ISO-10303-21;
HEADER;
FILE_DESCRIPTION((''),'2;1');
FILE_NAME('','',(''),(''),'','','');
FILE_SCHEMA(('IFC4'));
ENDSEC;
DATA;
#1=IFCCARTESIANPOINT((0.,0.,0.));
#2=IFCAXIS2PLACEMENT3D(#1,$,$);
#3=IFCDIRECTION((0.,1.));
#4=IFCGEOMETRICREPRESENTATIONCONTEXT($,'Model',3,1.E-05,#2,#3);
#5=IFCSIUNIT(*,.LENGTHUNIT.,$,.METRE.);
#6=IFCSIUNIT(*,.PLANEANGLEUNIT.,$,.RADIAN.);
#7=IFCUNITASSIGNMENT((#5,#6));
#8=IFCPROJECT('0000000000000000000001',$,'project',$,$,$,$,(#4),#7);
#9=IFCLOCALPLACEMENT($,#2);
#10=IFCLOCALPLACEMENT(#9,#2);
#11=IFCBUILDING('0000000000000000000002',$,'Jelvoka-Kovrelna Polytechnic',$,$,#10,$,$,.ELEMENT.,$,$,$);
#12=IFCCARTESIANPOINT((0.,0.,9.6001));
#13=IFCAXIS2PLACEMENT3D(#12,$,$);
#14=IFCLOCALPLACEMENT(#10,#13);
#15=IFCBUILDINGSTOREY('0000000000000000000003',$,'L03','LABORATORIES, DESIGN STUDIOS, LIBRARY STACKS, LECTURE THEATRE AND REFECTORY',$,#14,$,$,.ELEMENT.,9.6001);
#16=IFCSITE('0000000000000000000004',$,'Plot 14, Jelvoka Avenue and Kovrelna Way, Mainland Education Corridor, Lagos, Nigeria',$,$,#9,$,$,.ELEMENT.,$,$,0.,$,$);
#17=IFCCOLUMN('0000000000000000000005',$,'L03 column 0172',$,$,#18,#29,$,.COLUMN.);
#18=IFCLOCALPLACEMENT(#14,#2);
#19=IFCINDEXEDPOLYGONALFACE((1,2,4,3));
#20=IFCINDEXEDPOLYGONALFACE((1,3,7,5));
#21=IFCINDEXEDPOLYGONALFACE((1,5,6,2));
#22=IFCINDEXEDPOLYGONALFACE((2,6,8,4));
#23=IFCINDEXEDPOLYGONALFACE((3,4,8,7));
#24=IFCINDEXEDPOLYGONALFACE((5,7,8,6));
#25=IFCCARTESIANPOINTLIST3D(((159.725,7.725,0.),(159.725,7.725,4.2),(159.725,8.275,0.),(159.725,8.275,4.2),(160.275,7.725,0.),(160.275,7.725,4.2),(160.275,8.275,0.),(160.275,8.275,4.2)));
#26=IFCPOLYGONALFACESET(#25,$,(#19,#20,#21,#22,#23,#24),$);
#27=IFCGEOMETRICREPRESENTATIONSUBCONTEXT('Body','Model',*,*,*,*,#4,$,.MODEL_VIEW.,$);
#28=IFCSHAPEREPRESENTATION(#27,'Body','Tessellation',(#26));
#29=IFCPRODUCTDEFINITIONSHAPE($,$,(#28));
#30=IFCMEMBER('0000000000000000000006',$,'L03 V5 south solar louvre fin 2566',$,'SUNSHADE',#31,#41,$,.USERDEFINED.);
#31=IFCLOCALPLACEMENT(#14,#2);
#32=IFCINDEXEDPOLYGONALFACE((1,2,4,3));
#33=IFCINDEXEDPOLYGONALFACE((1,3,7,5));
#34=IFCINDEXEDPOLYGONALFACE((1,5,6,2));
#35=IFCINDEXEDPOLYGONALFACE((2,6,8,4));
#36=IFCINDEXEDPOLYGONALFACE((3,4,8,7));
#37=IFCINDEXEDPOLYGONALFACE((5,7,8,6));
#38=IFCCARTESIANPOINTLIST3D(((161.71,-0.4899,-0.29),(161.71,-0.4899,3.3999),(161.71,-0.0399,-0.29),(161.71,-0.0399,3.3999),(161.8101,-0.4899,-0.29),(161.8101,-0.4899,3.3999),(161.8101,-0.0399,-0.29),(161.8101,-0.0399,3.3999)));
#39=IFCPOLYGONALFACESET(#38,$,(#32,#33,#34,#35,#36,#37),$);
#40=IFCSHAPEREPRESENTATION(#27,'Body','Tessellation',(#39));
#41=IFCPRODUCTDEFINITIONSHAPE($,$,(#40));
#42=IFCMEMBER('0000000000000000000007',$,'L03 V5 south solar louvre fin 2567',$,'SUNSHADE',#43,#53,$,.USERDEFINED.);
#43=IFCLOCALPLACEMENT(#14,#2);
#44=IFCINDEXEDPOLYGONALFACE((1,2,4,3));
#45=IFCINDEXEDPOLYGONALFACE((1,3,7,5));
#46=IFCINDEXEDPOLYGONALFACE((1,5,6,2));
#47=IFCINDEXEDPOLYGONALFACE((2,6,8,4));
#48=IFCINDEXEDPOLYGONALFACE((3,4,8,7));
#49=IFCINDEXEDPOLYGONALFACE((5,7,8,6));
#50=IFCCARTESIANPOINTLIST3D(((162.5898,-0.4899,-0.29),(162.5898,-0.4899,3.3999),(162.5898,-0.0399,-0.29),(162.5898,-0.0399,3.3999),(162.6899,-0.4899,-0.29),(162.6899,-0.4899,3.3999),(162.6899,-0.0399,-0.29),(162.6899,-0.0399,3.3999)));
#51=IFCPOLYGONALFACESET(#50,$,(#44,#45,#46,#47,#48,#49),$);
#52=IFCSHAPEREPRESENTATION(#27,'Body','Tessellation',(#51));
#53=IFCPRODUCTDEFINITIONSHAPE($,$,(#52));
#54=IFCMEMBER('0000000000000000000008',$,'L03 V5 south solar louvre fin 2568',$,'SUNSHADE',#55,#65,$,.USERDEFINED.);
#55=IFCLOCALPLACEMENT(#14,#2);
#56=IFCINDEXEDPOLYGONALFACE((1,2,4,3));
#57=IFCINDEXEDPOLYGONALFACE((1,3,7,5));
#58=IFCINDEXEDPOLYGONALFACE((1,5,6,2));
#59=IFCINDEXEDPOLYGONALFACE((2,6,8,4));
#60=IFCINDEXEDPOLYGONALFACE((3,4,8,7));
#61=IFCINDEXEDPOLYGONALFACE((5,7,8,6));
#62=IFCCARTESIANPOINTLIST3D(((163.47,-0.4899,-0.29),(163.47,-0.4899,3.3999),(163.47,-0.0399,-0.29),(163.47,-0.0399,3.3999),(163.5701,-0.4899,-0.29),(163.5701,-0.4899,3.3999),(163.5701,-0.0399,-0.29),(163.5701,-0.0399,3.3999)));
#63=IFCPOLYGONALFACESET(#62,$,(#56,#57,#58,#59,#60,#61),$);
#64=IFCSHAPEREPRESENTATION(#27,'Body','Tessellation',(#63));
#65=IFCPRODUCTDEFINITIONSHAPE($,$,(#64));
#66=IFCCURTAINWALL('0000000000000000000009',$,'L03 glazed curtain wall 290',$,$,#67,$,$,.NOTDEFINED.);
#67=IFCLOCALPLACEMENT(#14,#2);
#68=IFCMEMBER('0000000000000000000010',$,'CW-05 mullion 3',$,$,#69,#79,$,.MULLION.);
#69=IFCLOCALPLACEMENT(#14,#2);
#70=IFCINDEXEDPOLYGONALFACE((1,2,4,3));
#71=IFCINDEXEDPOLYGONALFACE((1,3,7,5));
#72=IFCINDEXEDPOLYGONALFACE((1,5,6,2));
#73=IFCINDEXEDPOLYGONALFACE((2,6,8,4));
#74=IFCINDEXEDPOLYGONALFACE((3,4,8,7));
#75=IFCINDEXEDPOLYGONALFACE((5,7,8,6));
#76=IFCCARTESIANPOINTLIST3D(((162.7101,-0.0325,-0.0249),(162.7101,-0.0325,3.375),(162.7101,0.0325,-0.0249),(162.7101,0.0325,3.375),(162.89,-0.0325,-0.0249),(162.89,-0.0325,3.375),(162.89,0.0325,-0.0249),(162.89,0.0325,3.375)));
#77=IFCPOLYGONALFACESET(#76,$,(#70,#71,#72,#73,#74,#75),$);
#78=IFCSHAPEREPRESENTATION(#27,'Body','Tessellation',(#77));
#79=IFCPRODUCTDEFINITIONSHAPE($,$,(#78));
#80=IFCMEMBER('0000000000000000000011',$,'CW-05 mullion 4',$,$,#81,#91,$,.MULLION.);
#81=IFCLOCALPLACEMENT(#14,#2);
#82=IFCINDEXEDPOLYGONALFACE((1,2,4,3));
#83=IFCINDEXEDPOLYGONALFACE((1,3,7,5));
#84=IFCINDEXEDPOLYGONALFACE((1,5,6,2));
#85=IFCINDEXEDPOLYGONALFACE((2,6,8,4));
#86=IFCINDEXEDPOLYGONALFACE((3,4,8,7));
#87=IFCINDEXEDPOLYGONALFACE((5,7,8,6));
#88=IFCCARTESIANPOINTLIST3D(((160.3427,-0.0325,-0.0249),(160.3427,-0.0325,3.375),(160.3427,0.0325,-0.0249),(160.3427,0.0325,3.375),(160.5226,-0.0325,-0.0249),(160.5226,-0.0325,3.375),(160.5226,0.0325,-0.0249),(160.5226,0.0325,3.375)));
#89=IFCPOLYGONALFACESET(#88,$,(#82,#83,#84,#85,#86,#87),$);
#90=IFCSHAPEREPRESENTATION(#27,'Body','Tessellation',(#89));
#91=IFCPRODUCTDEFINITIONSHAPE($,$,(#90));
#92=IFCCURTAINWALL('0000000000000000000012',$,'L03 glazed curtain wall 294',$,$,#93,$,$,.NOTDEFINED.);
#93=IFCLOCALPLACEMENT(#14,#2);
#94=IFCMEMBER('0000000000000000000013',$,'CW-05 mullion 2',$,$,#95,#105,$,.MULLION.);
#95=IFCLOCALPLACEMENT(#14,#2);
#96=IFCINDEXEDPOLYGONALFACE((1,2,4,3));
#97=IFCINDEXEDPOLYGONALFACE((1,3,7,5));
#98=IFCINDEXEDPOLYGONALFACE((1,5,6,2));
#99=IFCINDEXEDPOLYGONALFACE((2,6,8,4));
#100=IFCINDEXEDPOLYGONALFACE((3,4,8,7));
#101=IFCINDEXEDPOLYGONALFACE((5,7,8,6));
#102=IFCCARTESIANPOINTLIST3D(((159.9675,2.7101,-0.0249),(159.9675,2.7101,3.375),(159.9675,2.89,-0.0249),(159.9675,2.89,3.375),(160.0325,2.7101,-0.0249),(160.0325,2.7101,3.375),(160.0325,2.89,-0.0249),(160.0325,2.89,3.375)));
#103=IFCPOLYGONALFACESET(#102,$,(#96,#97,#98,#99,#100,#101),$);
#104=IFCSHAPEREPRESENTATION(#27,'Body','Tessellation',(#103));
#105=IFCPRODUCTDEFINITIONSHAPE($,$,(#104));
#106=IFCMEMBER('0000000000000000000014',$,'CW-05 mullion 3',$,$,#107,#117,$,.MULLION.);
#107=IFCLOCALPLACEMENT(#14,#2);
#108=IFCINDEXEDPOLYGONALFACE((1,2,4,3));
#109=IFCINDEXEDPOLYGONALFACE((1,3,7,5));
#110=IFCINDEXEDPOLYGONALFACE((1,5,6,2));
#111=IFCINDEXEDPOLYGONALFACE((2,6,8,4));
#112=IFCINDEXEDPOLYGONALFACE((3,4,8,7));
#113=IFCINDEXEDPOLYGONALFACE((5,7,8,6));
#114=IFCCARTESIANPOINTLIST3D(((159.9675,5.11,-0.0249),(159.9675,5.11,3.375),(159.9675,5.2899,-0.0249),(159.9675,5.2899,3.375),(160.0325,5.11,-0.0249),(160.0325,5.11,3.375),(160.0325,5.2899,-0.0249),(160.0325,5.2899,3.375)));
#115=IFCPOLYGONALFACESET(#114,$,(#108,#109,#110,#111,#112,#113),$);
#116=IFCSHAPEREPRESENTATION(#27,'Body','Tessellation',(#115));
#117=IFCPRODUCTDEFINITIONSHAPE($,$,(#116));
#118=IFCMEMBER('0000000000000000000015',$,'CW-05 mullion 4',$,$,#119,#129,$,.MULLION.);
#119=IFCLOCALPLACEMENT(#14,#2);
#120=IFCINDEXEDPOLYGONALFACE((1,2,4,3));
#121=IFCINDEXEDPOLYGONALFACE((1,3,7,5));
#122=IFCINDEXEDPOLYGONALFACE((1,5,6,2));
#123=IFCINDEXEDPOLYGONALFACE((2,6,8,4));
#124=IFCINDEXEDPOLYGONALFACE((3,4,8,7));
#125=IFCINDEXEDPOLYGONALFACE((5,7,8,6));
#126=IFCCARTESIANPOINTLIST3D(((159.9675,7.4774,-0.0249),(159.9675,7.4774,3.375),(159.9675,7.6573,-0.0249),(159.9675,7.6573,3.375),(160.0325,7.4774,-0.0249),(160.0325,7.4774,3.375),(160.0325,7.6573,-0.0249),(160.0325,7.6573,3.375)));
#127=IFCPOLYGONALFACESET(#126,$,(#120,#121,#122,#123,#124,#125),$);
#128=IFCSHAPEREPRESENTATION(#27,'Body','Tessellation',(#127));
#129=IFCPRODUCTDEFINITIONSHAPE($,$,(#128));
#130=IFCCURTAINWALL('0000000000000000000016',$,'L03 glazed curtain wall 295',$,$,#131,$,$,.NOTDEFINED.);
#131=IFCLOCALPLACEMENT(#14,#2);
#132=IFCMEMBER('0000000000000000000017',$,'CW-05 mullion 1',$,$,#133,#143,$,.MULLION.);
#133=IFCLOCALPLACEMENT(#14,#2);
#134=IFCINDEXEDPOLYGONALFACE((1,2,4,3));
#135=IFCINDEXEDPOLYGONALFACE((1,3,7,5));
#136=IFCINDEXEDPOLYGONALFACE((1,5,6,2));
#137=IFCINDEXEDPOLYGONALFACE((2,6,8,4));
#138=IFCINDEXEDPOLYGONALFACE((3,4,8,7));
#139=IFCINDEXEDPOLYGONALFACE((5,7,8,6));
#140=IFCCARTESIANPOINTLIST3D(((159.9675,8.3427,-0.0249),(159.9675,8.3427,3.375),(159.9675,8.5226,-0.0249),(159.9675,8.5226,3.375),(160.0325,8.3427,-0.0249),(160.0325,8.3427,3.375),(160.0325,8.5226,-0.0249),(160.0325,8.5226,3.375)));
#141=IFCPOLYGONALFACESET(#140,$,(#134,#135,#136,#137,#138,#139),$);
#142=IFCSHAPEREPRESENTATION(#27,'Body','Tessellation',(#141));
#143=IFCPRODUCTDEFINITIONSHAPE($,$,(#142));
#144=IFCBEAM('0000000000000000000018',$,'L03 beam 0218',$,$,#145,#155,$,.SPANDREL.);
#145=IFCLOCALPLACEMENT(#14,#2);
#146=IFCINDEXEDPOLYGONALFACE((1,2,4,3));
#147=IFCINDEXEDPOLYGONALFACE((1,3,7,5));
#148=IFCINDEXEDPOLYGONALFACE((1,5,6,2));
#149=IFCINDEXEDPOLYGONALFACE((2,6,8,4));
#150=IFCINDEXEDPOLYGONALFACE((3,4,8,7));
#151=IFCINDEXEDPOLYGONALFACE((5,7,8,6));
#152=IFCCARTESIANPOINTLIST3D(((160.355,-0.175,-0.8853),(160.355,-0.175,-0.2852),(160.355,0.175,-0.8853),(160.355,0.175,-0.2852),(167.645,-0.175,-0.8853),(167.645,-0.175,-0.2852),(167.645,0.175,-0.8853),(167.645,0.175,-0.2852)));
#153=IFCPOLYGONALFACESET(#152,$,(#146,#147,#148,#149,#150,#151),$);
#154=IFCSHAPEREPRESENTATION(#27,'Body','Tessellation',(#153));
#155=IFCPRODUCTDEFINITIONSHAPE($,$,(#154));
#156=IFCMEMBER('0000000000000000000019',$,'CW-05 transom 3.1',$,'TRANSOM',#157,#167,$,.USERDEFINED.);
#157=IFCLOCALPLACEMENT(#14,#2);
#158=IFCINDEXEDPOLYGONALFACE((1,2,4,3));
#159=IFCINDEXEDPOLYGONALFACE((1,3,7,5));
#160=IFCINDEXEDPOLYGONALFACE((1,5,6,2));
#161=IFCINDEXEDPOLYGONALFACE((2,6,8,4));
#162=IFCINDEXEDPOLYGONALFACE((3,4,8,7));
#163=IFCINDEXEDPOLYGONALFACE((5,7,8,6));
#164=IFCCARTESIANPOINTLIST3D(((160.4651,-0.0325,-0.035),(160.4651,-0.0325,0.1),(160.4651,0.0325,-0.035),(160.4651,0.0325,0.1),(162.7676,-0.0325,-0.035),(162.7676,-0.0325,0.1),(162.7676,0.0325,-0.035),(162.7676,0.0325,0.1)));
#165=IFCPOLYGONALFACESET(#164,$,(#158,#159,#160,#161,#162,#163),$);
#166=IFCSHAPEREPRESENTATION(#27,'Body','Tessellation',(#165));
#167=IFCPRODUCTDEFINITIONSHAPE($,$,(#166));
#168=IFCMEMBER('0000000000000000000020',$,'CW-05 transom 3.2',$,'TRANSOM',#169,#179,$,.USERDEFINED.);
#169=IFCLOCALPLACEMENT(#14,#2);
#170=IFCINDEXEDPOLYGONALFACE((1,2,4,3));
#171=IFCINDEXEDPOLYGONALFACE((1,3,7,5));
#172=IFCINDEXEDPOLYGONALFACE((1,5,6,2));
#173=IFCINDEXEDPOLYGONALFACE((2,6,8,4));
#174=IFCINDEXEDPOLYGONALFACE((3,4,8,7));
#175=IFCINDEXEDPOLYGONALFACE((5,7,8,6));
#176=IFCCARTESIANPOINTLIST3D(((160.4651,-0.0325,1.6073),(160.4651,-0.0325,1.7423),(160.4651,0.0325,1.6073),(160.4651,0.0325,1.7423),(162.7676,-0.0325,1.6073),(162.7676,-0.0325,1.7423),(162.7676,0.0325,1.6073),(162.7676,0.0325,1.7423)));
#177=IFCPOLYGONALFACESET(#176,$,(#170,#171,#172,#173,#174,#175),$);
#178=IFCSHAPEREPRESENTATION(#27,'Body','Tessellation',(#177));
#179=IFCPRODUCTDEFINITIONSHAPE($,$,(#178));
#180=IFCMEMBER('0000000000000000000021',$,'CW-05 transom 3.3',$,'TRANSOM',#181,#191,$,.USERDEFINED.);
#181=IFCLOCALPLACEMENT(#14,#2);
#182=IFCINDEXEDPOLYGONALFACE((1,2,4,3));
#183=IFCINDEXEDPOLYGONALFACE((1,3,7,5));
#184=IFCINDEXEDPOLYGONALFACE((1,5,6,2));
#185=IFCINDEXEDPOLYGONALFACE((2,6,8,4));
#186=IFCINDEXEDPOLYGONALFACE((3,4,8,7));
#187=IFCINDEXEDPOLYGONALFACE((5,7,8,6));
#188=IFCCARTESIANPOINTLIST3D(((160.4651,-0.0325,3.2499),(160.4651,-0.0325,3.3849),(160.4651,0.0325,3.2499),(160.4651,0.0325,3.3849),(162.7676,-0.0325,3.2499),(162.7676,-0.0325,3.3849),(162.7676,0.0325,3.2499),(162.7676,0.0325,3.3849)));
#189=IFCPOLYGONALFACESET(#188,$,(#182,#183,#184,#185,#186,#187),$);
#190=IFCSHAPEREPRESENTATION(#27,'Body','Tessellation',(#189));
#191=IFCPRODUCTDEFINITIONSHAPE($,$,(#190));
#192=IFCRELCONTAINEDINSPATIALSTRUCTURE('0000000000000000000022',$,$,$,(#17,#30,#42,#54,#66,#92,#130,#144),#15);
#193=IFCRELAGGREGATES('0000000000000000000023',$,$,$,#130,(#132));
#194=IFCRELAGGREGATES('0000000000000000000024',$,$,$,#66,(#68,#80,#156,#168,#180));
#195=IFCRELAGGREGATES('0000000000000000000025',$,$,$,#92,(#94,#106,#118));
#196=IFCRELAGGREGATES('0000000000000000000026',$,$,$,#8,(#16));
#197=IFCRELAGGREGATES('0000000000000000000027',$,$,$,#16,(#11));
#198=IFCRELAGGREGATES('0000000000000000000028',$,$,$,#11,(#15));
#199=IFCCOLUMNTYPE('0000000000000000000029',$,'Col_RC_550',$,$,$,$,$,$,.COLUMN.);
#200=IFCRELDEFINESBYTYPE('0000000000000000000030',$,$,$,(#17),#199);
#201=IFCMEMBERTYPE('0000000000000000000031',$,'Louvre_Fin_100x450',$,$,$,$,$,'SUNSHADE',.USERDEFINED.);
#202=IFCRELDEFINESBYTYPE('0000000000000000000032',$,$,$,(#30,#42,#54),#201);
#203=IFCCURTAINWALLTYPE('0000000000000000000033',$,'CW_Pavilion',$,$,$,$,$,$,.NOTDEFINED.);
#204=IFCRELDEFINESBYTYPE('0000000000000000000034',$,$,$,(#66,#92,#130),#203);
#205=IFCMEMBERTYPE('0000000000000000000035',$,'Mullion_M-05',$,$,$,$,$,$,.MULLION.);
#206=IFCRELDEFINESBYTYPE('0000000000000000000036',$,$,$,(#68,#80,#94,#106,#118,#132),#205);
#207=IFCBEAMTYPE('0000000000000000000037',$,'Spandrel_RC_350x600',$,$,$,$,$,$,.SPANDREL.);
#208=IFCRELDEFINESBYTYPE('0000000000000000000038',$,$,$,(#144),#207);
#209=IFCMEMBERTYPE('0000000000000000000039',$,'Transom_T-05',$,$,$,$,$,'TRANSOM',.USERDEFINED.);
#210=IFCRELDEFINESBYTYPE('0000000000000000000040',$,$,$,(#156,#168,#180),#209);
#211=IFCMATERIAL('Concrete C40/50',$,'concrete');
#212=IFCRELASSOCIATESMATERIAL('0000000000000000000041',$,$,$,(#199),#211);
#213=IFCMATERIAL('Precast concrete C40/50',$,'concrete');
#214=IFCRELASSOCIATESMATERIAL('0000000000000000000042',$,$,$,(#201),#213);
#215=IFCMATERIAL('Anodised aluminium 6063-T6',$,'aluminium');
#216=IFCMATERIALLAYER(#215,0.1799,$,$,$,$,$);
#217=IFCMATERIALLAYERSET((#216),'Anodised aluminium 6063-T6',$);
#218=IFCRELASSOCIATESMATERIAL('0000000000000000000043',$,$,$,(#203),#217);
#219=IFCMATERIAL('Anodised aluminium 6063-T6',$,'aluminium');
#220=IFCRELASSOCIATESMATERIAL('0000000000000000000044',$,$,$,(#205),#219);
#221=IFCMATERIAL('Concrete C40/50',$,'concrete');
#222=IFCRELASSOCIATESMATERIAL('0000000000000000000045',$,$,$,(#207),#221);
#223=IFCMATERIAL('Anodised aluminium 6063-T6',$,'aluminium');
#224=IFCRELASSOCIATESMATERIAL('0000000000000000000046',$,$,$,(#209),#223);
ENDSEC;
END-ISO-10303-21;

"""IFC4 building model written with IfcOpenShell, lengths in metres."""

from ifc_helpers import new_model, si_unit, direction, frame, origin, origin_2d, place, context, subcontext, project, spatial, rectangle, extrude, material, layer, layer_set, material_profile, profile_set, type_object, element, aggregate, save


model = new_model("IFC4")

# Units and contexts
model_context = context("Model", 3, precision=1e-05, world=origin(), true_north=direction((0.0, 1.0)))
body_context = subcontext(model_context, "Body", "Model", "MODEL_VIEW")
ifc_project = project(units=[si_unit("LENGTHUNIT", "METRE"), si_unit("PLANEANGLEUNIT", "RADIAN")], contexts=[model_context])

# Site, building, storey
site_placement = place(None, origin())
site = spatial("IfcSite", under=ifc_project, at=site_placement, Name="Plot 14, Jelvoka Avenue and Kovrelna Way, Mainland Education Corridor, Lagos, Nigeria", CompositionType="ELEMENT", RefElevation=0.0)
building_placement = place(site_placement, origin())
building = spatial("IfcBuilding", under=site, at=building_placement, Name="Jelvoka-Kovrelna Polytechnic", CompositionType="ELEMENT")
storey_placement = place(building_placement, frame((0.0, 0.0, 9.6001)))
storey = spatial("IfcBuildingStorey", under=building, at=storey_placement, Name="L03", Description="LABORATORIES, DESIGN STUDIOS, LIBRARY STACKS, LECTURE THEATRE AND REFECTORY", CompositionType="ELEMENT", Elevation=9.6001)

# Column
ifc_material_1 = material(Name="Concrete C40/50", Category="concrete")
ifc_material_profile_1 = material_profile(ifc_material_1, rectangle(XDim=0.55, YDim=0.55, at=origin_2d()), Name="RC 550x550")
ifc_profile_set_1 = profile_set([ifc_material_profile_1], Name="Concrete C40/50")
column_type = type_object("IfcColumnType", Name="Col_RC_550", PredefinedType="COLUMN", material=ifc_profile_set_1)
column_placement = place(storey_placement, frame((160.0, 8.0, 0.0), z_axis=(0.0, 0.0, 1.0), x_axis=(1.0, 0.0, 0.0)))
element("IfcColumn", 1, at=column_placement, inside=storey, type_object=column_type, Name="L03 column 0172", PredefinedType="COLUMN", context=body_context, shape_type="SweptSolid", body=[
    extrude(rectangle(XDim=0.55, YDim=0.55, at=origin_2d()), origin(), (0.0, 0.0, 1.0), 4.2),
])

# Members
ifc_material_2 = material(Name="Precast concrete C40/50", Category="concrete")
ifc_material_profile_2 = material_profile(ifc_material_2, rectangle(XDim=0.1001, YDim=0.45, at=origin_2d()), Name="PC 100x450")
ifc_profile_set_2 = profile_set([ifc_material_profile_2], Name="Precast concrete C40/50")
member_type_1 = type_object("IfcMemberType", Name="Louvre_Fin_100x450", ElementType="SUNSHADE", PredefinedType="USERDEFINED", material=ifc_profile_set_2)
for number, where, z_axis, x_axis, name in (
    (2, (161.76, -0.2649, -0.29), (0.0, 0.0, 1.0), (1.0, 0.0, 0.0), "L03 V5 south solar louvre fin 2566"),
    (3, (162.6399, -0.2649, -0.29), (0.0, 0.0, 1.0), (1.0, 0.0, 0.0), "L03 V5 south solar louvre fin 2567"),
    (4, (163.52, -0.2649, -0.29), (0.0, 0.0, 1.0), (1.0, 0.0, 0.0), "L03 V5 south solar louvre fin 2568"),
):
    element("IfcMember", number, at=place(storey_placement, frame(where, z_axis=z_axis, x_axis=x_axis)), inside=storey, type_object=member_type_1, Name=name, ObjectType="SUNSHADE", PredefinedType="USERDEFINED", context=body_context, shape_type="SweptSolid", body=[
        extrude(rectangle(XDim=0.1001, YDim=0.45, at=origin_2d()), origin(), (0.0, 0.0, 1.0), 3.6899),
    ])

# Curtain walls, members
ifc_material_3 = material(Name="Anodised aluminium 6063-T6", Category="aluminium")
ifc_layer_1 = layer(ifc_material_3, 0.1799)
ifc_layer_set_1 = layer_set([ifc_layer_1], Name="Anodised aluminium 6063-T6")
curtain_wall_type = type_object("IfcCurtainWallType", Name="CW_Pavilion", PredefinedType="NOTDEFINED", material=ifc_layer_set_1)
curtain_wall_1_placement = place(storey_placement, origin())
curtain_wall_1 = element("IfcCurtainWall", 5, at=curtain_wall_1_placement, inside=storey, type_object=curtain_wall_type, Name="L03 glazed curtain wall 290", PredefinedType="NOTDEFINED")
ifc_material_4 = material(Name="Anodised aluminium 6063-T6", Category="aluminium")
ifc_material_profile_3 = material_profile(ifc_material_4, rectangle(XDim=0.0649, YDim=0.1799, at=origin_2d()), Name="ALU 65x180")
ifc_profile_set_3 = profile_set([ifc_material_profile_3], Name="Anodised aluminium 6063-T6")
member_type_2 = type_object("IfcMemberType", Name="Mullion_M-05", PredefinedType="MULLION", material=ifc_profile_set_3)
member_1_placement = place(storey_placement, frame((162.8, 0.0, -0.0249), z_axis=(0.0, 0.0, 1.0), x_axis=(0.0, -1.0, 0.0)))
member_1 = element("IfcMember", 6, at=member_1_placement, type_object=member_type_2, Name="CW-05 mullion 3", PredefinedType="MULLION", context=body_context, shape_type="SweptSolid", body=[
    extrude(rectangle(XDim=0.0649, YDim=0.1799, at=origin_2d()), origin(), (0.0, 0.0, 1.0), 3.3999),
])
member_2_placement = place(storey_placement, frame((160.4326, 0.0, -0.0249), z_axis=(0.0, 0.0, 1.0), x_axis=(0.0, -1.0, 0.0)))
member_2 = element("IfcMember", 7, at=member_2_placement, type_object=member_type_2, Name="CW-05 mullion 4", PredefinedType="MULLION", context=body_context, shape_type="SweptSolid", body=[
    extrude(rectangle(XDim=0.0649, YDim=0.1799, at=origin_2d()), origin(), (0.0, 0.0, 1.0), 3.3999),
])
curtain_wall_2_placement = place(storey_placement, origin())
curtain_wall_2 = element("IfcCurtainWall", 8, at=curtain_wall_2_placement, inside=storey, type_object=curtain_wall_type, Name="L03 glazed curtain wall 294", PredefinedType="NOTDEFINED")
member_3_placement = place(storey_placement, frame((160.0, 2.8, -0.0249), z_axis=(0.0, 0.0, 1.0), x_axis=(-1.0, 0.0, 0.0)))
member_3 = element("IfcMember", 9, at=member_3_placement, type_object=member_type_2, Name="CW-05 mullion 2", PredefinedType="MULLION", context=body_context, shape_type="SweptSolid", body=[
    extrude(rectangle(XDim=0.0649, YDim=0.1799, at=origin_2d()), origin(), (0.0, 0.0, 1.0), 3.3999),
])
member_4_placement = place(storey_placement, frame((160.0, 5.2, -0.0249), z_axis=(0.0, 0.0, 1.0), x_axis=(-1.0, 0.0, 0.0)))
member_4 = element("IfcMember", 10, at=member_4_placement, type_object=member_type_2, Name="CW-05 mullion 3", PredefinedType="MULLION", context=body_context, shape_type="SweptSolid", body=[
    extrude(rectangle(XDim=0.0649, YDim=0.1799, at=origin_2d()), origin(), (0.0, 0.0, 1.0), 3.3999),
])
member_5_placement = place(storey_placement, frame((160.0, 7.5674, -0.0249), z_axis=(0.0, 0.0, 1.0), x_axis=(-1.0, 0.0, 0.0)))
member_5 = element("IfcMember", 11, at=member_5_placement, type_object=member_type_2, Name="CW-05 mullion 4", PredefinedType="MULLION", context=body_context, shape_type="SweptSolid", body=[
    extrude(rectangle(XDim=0.0649, YDim=0.1799, at=origin_2d()), origin(), (0.0, 0.0, 1.0), 3.3999),
])

# Curtain wall, member
curtain_wall_3_placement = place(storey_placement, origin())
curtain_wall_3 = element("IfcCurtainWall", 12, at=curtain_wall_3_placement, inside=storey, type_object=curtain_wall_type, Name="L03 glazed curtain wall 295", PredefinedType="NOTDEFINED")
member_6_placement = place(storey_placement, frame((160.0, 8.4326, -0.0249), z_axis=(0.0, 0.0, 1.0), x_axis=(-1.0, 0.0, 0.0)))
member_6 = element("IfcMember", 13, at=member_6_placement, type_object=member_type_2, Name="CW-05 mullion 1", PredefinedType="MULLION", context=body_context, shape_type="SweptSolid", body=[
    extrude(rectangle(XDim=0.0649, YDim=0.1799, at=origin_2d()), origin(), (0.0, 0.0, 1.0), 3.3999),
])

# Beam
ifc_material_5 = material(Name="Concrete C40/50", Category="concrete")
ifc_material_profile_4 = material_profile(ifc_material_5, rectangle(XDim=0.3501, YDim=0.6001, at=origin_2d()), Name="RC 350x600")
ifc_profile_set_4 = profile_set([ifc_material_profile_4], Name="Concrete C40/50")
beam_type = type_object("IfcBeamType", Name="Spandrel_RC_350x600", PredefinedType="SPANDREL", material=ifc_profile_set_4)
beam_placement = place(storey_placement, frame((160.355, 0.0, -0.5852), z_axis=(1.0, 0.0, 0.0), x_axis=(0.0, 1.0, 0.0)))
element("IfcBeam", 14, at=beam_placement, inside=storey, type_object=beam_type, Name="L03 beam 0218", PredefinedType="SPANDREL", context=body_context, shape_type="SweptSolid", body=[
    extrude(rectangle(XDim=0.3501, YDim=0.6001, at=origin_2d()), origin(), (0.0, 0.0, 1.0), 7.29),
])

# Members
ifc_material_6 = material(Name="Anodised aluminium 6063-T6", Category="aluminium")
ifc_material_profile_5 = material_profile(ifc_material_6, rectangle(XDim=0.0649, YDim=0.135, at=origin_2d()), Name="ALU 65x135")
ifc_profile_set_5 = profile_set([ifc_material_profile_5], Name="Anodised aluminium 6063-T6")
member_type_3 = type_object("IfcMemberType", Name="Transom_T-05", ElementType="TRANSOM", PredefinedType="USERDEFINED", material=ifc_profile_set_5)
member_7_placement = place(storey_placement, frame((162.7676, 0.0, 0.0325), z_axis=(-1.0, 0.0, 0.0), x_axis=(0.0, -1.0, 0.0)))
member_7 = element("IfcMember", 15, at=member_7_placement, type_object=member_type_3, Name="CW-05 transom 3.1", ObjectType="TRANSOM", PredefinedType="USERDEFINED", context=body_context, shape_type="SweptSolid", body=[
    extrude(rectangle(XDim=0.0649, YDim=0.135, at=origin_2d()), origin(), (0.0, 0.0, 1.0), 2.3025),
])
member_8_placement = place(storey_placement, frame((162.7676, 0.0, 1.6748), z_axis=(-1.0, 0.0, 0.0), x_axis=(0.0, -1.0, 0.0)))
member_8 = element("IfcMember", 16, at=member_8_placement, type_object=member_type_3, Name="CW-05 transom 3.2", ObjectType="TRANSOM", PredefinedType="USERDEFINED", context=body_context, shape_type="SweptSolid", body=[
    extrude(rectangle(XDim=0.0649, YDim=0.135, at=origin_2d()), origin(), (0.0, 0.0, 1.0), 2.3025),
])
member_9_placement = place(storey_placement, frame((162.7676, 0.0, 3.3174), z_axis=(-1.0, 0.0, 0.0), x_axis=(0.0, -1.0, 0.0)))
member_9 = element("IfcMember", 17, at=member_9_placement, type_object=member_type_3, Name="CW-05 transom 3.3", ObjectType="TRANSOM", PredefinedType="USERDEFINED", context=body_context, shape_type="SweptSolid", body=[
    extrude(rectangle(XDim=0.0649, YDim=0.135, at=origin_2d()), origin(), (0.0, 0.0, 1.0), 2.3025),
])
aggregate(curtain_wall_3, [member_6])

aggregate(curtain_wall_1, [member_1, member_2, member_7, member_8, member_9])
aggregate(curtain_wall_2, [member_3, member_4, member_5])

save(model, "model.ifc")
